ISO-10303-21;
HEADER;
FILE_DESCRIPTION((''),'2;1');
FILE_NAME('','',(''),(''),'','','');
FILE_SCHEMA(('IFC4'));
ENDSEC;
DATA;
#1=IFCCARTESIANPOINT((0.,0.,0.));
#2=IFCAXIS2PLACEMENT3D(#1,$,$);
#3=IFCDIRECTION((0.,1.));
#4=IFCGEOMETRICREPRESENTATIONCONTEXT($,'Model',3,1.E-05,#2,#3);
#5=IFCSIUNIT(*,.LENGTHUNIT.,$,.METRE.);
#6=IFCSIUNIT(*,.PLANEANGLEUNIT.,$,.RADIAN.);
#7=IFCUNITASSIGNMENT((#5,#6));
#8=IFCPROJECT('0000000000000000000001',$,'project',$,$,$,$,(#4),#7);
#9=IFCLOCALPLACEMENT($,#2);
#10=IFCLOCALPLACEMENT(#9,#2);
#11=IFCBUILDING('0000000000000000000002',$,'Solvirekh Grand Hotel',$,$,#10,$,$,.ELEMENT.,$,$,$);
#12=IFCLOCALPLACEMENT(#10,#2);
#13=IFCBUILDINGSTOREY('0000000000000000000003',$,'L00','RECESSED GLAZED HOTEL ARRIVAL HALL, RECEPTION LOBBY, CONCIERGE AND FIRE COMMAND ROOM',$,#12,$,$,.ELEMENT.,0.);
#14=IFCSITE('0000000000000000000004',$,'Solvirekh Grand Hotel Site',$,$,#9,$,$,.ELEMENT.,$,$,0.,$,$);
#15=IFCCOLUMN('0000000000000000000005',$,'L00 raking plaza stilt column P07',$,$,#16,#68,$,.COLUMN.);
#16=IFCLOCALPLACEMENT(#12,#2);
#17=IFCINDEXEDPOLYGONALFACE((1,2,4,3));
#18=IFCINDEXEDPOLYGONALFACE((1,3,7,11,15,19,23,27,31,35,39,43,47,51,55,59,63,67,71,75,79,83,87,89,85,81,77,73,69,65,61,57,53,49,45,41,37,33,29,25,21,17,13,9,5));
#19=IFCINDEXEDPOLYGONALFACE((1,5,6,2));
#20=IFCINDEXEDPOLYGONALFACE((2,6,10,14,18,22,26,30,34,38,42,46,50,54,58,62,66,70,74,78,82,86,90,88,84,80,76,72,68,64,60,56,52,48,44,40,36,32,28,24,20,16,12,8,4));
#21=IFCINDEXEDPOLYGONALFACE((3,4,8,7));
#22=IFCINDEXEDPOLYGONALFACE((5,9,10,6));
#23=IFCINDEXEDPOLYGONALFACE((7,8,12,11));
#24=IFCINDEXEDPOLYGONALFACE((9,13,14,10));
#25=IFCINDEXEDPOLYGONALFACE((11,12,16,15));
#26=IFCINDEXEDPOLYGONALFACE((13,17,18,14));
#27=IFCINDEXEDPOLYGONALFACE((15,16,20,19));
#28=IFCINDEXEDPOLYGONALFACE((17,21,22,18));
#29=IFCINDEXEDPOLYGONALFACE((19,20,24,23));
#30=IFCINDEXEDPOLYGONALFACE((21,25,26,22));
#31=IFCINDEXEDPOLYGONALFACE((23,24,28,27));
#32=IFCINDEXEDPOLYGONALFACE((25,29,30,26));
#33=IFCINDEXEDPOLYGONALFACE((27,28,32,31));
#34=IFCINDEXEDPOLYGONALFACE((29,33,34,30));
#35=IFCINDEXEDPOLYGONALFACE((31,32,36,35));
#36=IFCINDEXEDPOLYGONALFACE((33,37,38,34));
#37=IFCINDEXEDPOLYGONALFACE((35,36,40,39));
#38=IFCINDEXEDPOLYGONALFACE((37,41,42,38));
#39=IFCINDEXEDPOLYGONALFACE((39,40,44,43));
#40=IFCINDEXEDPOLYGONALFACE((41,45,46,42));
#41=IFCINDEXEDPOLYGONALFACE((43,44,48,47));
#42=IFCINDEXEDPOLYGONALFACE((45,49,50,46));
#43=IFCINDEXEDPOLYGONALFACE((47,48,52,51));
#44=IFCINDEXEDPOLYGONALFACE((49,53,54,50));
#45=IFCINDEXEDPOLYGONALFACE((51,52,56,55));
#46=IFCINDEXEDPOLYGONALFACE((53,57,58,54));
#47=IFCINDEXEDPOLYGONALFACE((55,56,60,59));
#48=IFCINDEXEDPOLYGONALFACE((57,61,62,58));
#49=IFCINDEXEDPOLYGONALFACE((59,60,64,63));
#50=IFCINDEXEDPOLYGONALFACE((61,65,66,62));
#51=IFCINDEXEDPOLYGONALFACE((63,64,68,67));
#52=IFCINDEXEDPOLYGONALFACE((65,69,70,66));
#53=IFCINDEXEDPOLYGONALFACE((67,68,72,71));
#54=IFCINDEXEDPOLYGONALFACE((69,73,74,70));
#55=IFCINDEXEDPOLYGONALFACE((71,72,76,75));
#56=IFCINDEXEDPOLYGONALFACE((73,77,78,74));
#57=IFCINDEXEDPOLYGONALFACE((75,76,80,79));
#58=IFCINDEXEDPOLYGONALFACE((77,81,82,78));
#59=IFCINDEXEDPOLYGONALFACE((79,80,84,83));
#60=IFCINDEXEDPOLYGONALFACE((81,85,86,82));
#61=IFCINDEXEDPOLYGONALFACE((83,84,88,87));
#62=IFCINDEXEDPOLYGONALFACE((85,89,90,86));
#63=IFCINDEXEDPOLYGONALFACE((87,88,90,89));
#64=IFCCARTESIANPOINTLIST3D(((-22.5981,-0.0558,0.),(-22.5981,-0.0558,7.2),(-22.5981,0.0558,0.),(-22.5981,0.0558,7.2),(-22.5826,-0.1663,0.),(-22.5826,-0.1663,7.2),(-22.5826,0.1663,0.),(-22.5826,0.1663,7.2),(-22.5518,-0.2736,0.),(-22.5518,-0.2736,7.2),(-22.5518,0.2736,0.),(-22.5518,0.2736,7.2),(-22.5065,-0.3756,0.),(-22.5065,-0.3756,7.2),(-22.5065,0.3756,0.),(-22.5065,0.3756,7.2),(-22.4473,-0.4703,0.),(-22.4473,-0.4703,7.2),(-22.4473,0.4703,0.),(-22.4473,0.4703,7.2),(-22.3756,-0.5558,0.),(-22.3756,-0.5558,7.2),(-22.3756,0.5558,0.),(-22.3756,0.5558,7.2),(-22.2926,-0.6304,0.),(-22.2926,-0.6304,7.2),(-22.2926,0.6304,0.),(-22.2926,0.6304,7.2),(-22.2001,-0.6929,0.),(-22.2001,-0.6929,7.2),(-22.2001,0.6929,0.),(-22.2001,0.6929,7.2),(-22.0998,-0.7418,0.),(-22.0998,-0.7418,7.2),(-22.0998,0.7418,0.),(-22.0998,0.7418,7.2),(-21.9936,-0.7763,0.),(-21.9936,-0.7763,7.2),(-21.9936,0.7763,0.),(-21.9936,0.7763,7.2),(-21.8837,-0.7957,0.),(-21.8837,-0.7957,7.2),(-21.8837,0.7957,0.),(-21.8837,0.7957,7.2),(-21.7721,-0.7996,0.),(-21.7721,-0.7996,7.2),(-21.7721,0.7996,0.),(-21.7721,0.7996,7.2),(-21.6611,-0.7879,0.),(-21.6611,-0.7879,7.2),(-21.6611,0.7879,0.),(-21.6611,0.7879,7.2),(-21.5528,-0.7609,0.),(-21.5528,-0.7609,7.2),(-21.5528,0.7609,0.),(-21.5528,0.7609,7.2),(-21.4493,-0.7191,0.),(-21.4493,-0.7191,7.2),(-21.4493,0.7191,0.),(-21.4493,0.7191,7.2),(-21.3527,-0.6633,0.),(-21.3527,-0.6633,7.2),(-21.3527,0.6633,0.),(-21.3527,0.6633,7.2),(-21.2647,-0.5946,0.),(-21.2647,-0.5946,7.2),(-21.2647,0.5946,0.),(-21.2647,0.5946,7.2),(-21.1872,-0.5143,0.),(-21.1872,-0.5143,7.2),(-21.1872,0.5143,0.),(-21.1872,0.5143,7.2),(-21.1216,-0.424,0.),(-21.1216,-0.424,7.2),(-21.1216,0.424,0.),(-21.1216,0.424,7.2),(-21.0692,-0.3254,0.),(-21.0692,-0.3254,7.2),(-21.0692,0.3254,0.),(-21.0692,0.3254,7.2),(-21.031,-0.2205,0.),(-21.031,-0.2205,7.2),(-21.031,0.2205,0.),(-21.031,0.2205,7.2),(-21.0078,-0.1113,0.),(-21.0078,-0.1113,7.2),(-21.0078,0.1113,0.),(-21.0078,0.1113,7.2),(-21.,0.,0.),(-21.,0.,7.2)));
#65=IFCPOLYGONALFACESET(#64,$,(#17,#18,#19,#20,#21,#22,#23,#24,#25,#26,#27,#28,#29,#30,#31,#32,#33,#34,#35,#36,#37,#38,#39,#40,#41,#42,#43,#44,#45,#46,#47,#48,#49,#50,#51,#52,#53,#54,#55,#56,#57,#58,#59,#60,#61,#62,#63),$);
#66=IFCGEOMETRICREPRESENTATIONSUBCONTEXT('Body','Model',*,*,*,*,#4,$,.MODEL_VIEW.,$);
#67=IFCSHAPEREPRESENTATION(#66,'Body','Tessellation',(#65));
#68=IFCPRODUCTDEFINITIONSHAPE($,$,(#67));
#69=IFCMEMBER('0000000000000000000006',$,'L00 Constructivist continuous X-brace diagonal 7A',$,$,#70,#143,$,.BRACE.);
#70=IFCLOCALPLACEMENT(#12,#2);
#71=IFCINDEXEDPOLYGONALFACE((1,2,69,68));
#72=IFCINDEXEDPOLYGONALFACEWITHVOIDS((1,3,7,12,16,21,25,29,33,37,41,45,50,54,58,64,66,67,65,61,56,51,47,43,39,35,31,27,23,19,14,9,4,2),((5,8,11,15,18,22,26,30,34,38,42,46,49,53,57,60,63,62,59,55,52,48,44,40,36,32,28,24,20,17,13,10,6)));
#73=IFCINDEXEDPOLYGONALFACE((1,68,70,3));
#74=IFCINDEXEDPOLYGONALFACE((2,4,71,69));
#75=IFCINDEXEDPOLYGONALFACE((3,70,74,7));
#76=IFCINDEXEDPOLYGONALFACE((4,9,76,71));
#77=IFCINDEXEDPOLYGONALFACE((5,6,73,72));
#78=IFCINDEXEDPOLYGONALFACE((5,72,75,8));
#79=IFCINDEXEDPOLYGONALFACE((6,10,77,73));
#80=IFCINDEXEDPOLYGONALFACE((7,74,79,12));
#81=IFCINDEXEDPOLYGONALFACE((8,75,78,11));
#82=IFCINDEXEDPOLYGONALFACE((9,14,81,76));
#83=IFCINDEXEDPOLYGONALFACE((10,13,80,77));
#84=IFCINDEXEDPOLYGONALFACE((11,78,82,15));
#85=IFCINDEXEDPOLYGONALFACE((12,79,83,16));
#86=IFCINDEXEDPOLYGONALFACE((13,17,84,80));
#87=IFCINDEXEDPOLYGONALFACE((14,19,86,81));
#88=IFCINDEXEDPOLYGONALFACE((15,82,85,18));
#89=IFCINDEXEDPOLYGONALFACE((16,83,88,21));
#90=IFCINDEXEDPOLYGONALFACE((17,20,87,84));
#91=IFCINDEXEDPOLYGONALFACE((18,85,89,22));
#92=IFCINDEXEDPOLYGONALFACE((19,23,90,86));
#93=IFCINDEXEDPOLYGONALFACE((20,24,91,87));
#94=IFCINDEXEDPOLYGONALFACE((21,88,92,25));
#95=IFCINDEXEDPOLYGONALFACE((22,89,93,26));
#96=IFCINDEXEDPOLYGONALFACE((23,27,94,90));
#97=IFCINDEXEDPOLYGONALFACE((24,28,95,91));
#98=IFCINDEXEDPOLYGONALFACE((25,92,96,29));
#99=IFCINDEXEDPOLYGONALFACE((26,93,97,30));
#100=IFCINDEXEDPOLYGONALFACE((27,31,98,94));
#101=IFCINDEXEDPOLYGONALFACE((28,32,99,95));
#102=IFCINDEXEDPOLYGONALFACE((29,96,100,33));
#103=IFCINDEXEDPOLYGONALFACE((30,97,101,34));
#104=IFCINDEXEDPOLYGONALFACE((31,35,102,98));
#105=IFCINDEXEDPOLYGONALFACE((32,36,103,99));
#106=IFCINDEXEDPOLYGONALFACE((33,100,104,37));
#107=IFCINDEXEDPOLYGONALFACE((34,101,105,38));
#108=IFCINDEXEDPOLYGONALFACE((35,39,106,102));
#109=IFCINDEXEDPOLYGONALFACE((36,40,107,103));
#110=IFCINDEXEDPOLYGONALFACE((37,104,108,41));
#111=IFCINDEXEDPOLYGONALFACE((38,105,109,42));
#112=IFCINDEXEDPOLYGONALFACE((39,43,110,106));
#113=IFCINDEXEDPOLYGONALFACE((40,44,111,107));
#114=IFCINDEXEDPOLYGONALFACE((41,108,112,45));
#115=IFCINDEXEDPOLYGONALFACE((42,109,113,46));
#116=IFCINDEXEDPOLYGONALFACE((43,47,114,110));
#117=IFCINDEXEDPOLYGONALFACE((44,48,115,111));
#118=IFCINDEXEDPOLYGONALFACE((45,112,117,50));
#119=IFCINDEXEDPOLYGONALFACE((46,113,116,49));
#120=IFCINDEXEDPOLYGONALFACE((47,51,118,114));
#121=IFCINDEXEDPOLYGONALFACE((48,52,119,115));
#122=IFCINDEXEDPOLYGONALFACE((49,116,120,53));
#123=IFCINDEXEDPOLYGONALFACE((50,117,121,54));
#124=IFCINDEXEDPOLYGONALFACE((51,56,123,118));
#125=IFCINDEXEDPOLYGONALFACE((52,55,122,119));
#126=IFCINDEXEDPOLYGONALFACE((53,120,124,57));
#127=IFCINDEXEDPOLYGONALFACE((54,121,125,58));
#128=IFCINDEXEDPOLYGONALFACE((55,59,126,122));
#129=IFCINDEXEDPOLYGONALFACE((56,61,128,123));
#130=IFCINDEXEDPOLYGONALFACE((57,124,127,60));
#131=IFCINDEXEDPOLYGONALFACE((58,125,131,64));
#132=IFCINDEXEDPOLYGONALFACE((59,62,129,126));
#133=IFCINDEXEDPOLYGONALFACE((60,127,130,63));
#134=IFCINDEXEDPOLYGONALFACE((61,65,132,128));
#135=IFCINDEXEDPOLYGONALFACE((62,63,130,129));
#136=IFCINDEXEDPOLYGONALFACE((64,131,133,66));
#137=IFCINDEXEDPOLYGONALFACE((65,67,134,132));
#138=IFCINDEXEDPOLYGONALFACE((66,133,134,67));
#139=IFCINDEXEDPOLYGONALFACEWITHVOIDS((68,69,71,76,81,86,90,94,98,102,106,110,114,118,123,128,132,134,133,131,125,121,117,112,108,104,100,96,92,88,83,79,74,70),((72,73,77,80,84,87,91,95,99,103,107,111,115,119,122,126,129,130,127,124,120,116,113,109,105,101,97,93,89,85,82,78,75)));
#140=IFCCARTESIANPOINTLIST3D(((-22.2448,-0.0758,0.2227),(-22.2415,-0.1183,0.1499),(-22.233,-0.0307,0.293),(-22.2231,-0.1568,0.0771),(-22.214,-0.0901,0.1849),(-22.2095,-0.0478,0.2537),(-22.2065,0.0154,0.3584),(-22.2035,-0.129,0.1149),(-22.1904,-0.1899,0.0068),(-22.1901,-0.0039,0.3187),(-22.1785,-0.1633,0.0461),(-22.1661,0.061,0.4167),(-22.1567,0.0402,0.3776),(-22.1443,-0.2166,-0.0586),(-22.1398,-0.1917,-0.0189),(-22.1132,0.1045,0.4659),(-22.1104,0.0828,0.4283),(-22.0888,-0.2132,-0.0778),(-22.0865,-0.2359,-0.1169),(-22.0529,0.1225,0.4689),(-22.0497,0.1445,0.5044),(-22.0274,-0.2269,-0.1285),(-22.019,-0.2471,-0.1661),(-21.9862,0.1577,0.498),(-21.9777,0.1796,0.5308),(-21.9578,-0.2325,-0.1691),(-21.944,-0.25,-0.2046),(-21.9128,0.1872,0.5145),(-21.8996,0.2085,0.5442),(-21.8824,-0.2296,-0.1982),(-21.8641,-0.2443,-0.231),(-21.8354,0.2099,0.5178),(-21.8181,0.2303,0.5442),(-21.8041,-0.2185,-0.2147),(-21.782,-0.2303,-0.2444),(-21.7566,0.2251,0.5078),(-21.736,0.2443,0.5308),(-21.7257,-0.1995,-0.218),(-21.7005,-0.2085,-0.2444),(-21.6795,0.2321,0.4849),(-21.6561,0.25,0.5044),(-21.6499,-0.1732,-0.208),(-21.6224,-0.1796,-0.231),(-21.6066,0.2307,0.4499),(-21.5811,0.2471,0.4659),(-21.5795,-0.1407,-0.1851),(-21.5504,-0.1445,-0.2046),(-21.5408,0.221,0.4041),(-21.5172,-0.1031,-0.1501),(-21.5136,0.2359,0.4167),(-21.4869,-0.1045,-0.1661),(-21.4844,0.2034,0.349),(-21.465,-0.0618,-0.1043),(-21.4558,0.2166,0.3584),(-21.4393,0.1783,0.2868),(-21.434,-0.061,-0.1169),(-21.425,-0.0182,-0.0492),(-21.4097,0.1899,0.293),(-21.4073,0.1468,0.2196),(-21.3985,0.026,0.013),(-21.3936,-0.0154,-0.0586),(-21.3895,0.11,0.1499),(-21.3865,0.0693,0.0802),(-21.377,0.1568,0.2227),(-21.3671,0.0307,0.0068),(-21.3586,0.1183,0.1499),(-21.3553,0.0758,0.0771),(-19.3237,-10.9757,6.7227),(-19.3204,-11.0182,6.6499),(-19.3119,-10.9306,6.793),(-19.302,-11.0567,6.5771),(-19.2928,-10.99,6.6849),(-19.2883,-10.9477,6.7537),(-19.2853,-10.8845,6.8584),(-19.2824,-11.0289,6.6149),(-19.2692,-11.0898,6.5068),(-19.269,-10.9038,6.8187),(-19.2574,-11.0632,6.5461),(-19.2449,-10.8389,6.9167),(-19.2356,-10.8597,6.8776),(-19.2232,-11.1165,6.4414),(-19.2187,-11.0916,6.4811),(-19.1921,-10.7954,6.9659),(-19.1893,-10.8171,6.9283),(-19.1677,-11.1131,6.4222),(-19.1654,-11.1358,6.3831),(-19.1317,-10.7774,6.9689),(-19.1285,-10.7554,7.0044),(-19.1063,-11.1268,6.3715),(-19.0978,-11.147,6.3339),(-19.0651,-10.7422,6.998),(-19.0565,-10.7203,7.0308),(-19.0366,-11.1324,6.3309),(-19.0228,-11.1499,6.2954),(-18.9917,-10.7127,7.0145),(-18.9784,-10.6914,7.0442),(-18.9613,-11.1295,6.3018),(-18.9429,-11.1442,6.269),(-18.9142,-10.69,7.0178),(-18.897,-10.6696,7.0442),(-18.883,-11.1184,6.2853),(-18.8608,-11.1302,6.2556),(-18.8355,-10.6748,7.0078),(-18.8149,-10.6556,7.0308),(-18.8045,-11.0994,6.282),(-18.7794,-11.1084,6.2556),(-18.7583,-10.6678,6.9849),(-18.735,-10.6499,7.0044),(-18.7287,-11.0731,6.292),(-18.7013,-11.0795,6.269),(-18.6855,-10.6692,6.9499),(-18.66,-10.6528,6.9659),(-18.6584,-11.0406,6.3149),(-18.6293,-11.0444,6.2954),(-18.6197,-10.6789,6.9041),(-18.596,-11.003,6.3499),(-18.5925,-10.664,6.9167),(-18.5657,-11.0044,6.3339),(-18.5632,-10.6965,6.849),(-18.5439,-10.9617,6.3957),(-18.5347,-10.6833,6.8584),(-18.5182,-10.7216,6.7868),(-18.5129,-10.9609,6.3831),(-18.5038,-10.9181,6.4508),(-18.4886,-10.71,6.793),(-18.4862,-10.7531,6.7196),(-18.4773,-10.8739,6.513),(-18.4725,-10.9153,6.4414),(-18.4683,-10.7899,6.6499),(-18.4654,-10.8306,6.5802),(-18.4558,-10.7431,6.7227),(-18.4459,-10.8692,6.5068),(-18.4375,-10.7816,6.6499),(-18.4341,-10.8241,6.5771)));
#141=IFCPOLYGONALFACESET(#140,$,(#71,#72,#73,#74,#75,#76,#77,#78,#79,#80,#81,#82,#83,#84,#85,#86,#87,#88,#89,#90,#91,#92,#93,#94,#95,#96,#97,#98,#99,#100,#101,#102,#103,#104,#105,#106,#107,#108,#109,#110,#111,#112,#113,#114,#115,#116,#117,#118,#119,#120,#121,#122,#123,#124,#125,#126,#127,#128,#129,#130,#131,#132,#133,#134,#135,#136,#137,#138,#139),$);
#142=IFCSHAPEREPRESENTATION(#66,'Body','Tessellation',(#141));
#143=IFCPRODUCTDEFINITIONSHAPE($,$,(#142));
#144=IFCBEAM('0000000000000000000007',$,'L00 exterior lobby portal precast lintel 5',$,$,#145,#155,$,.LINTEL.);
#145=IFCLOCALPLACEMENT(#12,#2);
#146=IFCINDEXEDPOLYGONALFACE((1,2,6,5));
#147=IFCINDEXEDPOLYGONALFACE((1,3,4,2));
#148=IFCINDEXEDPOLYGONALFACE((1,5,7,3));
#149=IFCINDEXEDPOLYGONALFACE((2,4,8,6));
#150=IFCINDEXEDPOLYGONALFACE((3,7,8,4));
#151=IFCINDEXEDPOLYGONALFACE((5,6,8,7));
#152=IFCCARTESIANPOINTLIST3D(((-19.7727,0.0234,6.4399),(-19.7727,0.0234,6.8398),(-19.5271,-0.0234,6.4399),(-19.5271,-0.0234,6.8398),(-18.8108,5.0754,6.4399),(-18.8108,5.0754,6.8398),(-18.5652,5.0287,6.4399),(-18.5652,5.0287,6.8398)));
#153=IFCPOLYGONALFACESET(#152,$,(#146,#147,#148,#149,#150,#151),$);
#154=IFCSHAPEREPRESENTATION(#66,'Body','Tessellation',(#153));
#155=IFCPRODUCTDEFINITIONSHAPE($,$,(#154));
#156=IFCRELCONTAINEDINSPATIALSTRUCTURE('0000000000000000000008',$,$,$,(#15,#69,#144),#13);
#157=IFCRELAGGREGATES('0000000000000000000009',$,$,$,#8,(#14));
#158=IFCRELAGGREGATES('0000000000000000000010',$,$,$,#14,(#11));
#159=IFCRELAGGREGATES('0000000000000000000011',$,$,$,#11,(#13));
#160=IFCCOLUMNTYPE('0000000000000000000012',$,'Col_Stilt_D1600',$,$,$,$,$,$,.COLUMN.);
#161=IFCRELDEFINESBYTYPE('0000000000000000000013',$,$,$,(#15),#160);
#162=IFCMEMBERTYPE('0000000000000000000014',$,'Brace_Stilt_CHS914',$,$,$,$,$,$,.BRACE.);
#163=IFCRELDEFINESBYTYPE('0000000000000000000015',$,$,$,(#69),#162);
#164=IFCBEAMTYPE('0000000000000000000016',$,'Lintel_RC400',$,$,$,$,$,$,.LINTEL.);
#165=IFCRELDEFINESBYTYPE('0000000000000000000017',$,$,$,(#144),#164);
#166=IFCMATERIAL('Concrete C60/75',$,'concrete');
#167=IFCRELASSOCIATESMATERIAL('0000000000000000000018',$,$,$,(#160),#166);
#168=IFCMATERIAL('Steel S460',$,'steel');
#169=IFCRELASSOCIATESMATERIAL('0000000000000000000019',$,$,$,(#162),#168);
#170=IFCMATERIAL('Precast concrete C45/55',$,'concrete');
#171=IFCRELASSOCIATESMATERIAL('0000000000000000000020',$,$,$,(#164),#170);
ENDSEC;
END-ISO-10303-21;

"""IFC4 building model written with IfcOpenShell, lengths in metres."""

from ifc_helpers import new_model, si_unit, direction, frame, origin, origin_2d, place, context, subcontext, project, spatial, rectangle, circle, hollow_circle, extrude, material, material_profile, profile_set, type_object, element, save


model = new_model("IFC4")

# Units and contexts
model_context = context("Model", 3, precision=1e-05, world=origin(), true_north=direction((0.0, 1.0)))
body_context = subcontext(model_context, "Body", "Model", "MODEL_VIEW")
ifc_project = project(units=[si_unit("LENGTHUNIT", "METRE"), si_unit("PLANEANGLEUNIT", "RADIAN")], contexts=[model_context])

# Site, building, storey
site_placement = place(None, origin())
site = spatial("IfcSite", under=ifc_project, at=site_placement, Name="Solvirekh Grand Hotel Site", CompositionType="ELEMENT", RefElevation=0.0)
building_placement = place(site_placement, origin())
building = spatial("IfcBuilding", under=site, at=building_placement, Name="Solvirekh Grand Hotel", CompositionType="ELEMENT")
storey_placement = place(building_placement, origin())
storey = spatial("IfcBuildingStorey", under=building, at=storey_placement, Name="L00", Description="RECESSED GLAZED HOTEL ARRIVAL HALL, RECEPTION LOBBY, CONCIERGE AND FIRE COMMAND ROOM", CompositionType="ELEMENT", Elevation=0.0)

# Column
ifc_material_1 = material(Name="Concrete C60/75", Category="concrete")
ifc_material_profile_1 = material_profile(ifc_material_1, circle(Radius=0.8, at=origin_2d()), Name="RC CIRC D1600")
ifc_profile_set_1 = profile_set([ifc_material_profile_1], Name="Concrete C60/75")
column_type = type_object("IfcColumnType", Name="Col_Stilt_D1600", PredefinedType="COLUMN", material=ifc_profile_set_1)
column_placement = place(storey_placement, frame((-21.8, 0.0, 0.0), z_axis=(0.0, 0.0, 1.0), x_axis=(1.0, 0.0, 0.0)))
element("IfcColumn", 1, at=column_placement, inside=storey, type_object=column_type, Name="L00 raking plaza stilt column P07", PredefinedType="COLUMN", context=body_context, shape_type="SweptSolid", body=[
    extrude(circle(Radius=0.8, at=origin_2d()), origin(), (0.0, 0.0, 1.0), 7.2),
])

# Member
ifc_material_2 = material(Name="Steel S460", Category="steel")
ifc_material_profile_2 = material_profile(ifc_material_2, hollow_circle(Radius=0.457, WallThickness=0.032, at=origin_2d()), Name="CHS 914X32")
ifc_profile_set_2 = profile_set([ifc_material_profile_2], Name="Steel S460")
member_type = type_object("IfcMemberType", Name="Brace_Stilt_CHS914", PredefinedType="BRACE", material=ifc_profile_set_2)
member_placement = place(storey_placement, frame((-21.8, 0.0, 0.1499), z_axis=(0.224311, -0.836992, 0.499128), x_axis=(0.965914, 0.258862, 0.0)))
element("IfcMember", 2, at=member_placement, inside=storey, type_object=member_type, Name="L00 Constructivist continuous X-brace diagonal 7A", PredefinedType="BRACE", context=body_context, shape_type="SweptSolid", body=[
    extrude(hollow_circle(Radius=0.457, WallThickness=0.032, at=origin_2d()), origin(), (0.0, 0.0, 1.0), 13.0227),
])

# Beam
ifc_material_3 = material(Name="Precast concrete C45/55", Category="concrete")
ifc_material_profile_3 = material_profile(ifc_material_3, rectangle(XDim=0.25, YDim=0.3999, at=origin_2d()), Name="RC LINTEL 250X400")
ifc_profile_set_3 = profile_set([ifc_material_profile_3], Name="Precast concrete C45/55")
beam_type_1 = type_object("IfcBeamType", Name="Lintel_RC400", PredefinedType="LINTEL", material=ifc_profile_set_3)
beam_1_placement = place(storey_placement, frame((-19.6499, 0.0, 6.6399), z_axis=(0.187042, 0.982352, 0.0), x_axis=(-0.982352, 0.187042, 0.0)))
element("IfcBeam", 3, at=beam_1_placement, inside=storey, type_object=beam_type_1, Name="L00 exterior lobby portal precast lintel 5", PredefinedType="LINTEL", context=body_context, shape_type="SweptSolid", body=[
    extrude(rectangle(XDim=0.25, YDim=0.3999, at=origin_2d()), origin(), (0.0, 0.0, 1.0), 5.1428),
])

save(model, "model.ifc")
